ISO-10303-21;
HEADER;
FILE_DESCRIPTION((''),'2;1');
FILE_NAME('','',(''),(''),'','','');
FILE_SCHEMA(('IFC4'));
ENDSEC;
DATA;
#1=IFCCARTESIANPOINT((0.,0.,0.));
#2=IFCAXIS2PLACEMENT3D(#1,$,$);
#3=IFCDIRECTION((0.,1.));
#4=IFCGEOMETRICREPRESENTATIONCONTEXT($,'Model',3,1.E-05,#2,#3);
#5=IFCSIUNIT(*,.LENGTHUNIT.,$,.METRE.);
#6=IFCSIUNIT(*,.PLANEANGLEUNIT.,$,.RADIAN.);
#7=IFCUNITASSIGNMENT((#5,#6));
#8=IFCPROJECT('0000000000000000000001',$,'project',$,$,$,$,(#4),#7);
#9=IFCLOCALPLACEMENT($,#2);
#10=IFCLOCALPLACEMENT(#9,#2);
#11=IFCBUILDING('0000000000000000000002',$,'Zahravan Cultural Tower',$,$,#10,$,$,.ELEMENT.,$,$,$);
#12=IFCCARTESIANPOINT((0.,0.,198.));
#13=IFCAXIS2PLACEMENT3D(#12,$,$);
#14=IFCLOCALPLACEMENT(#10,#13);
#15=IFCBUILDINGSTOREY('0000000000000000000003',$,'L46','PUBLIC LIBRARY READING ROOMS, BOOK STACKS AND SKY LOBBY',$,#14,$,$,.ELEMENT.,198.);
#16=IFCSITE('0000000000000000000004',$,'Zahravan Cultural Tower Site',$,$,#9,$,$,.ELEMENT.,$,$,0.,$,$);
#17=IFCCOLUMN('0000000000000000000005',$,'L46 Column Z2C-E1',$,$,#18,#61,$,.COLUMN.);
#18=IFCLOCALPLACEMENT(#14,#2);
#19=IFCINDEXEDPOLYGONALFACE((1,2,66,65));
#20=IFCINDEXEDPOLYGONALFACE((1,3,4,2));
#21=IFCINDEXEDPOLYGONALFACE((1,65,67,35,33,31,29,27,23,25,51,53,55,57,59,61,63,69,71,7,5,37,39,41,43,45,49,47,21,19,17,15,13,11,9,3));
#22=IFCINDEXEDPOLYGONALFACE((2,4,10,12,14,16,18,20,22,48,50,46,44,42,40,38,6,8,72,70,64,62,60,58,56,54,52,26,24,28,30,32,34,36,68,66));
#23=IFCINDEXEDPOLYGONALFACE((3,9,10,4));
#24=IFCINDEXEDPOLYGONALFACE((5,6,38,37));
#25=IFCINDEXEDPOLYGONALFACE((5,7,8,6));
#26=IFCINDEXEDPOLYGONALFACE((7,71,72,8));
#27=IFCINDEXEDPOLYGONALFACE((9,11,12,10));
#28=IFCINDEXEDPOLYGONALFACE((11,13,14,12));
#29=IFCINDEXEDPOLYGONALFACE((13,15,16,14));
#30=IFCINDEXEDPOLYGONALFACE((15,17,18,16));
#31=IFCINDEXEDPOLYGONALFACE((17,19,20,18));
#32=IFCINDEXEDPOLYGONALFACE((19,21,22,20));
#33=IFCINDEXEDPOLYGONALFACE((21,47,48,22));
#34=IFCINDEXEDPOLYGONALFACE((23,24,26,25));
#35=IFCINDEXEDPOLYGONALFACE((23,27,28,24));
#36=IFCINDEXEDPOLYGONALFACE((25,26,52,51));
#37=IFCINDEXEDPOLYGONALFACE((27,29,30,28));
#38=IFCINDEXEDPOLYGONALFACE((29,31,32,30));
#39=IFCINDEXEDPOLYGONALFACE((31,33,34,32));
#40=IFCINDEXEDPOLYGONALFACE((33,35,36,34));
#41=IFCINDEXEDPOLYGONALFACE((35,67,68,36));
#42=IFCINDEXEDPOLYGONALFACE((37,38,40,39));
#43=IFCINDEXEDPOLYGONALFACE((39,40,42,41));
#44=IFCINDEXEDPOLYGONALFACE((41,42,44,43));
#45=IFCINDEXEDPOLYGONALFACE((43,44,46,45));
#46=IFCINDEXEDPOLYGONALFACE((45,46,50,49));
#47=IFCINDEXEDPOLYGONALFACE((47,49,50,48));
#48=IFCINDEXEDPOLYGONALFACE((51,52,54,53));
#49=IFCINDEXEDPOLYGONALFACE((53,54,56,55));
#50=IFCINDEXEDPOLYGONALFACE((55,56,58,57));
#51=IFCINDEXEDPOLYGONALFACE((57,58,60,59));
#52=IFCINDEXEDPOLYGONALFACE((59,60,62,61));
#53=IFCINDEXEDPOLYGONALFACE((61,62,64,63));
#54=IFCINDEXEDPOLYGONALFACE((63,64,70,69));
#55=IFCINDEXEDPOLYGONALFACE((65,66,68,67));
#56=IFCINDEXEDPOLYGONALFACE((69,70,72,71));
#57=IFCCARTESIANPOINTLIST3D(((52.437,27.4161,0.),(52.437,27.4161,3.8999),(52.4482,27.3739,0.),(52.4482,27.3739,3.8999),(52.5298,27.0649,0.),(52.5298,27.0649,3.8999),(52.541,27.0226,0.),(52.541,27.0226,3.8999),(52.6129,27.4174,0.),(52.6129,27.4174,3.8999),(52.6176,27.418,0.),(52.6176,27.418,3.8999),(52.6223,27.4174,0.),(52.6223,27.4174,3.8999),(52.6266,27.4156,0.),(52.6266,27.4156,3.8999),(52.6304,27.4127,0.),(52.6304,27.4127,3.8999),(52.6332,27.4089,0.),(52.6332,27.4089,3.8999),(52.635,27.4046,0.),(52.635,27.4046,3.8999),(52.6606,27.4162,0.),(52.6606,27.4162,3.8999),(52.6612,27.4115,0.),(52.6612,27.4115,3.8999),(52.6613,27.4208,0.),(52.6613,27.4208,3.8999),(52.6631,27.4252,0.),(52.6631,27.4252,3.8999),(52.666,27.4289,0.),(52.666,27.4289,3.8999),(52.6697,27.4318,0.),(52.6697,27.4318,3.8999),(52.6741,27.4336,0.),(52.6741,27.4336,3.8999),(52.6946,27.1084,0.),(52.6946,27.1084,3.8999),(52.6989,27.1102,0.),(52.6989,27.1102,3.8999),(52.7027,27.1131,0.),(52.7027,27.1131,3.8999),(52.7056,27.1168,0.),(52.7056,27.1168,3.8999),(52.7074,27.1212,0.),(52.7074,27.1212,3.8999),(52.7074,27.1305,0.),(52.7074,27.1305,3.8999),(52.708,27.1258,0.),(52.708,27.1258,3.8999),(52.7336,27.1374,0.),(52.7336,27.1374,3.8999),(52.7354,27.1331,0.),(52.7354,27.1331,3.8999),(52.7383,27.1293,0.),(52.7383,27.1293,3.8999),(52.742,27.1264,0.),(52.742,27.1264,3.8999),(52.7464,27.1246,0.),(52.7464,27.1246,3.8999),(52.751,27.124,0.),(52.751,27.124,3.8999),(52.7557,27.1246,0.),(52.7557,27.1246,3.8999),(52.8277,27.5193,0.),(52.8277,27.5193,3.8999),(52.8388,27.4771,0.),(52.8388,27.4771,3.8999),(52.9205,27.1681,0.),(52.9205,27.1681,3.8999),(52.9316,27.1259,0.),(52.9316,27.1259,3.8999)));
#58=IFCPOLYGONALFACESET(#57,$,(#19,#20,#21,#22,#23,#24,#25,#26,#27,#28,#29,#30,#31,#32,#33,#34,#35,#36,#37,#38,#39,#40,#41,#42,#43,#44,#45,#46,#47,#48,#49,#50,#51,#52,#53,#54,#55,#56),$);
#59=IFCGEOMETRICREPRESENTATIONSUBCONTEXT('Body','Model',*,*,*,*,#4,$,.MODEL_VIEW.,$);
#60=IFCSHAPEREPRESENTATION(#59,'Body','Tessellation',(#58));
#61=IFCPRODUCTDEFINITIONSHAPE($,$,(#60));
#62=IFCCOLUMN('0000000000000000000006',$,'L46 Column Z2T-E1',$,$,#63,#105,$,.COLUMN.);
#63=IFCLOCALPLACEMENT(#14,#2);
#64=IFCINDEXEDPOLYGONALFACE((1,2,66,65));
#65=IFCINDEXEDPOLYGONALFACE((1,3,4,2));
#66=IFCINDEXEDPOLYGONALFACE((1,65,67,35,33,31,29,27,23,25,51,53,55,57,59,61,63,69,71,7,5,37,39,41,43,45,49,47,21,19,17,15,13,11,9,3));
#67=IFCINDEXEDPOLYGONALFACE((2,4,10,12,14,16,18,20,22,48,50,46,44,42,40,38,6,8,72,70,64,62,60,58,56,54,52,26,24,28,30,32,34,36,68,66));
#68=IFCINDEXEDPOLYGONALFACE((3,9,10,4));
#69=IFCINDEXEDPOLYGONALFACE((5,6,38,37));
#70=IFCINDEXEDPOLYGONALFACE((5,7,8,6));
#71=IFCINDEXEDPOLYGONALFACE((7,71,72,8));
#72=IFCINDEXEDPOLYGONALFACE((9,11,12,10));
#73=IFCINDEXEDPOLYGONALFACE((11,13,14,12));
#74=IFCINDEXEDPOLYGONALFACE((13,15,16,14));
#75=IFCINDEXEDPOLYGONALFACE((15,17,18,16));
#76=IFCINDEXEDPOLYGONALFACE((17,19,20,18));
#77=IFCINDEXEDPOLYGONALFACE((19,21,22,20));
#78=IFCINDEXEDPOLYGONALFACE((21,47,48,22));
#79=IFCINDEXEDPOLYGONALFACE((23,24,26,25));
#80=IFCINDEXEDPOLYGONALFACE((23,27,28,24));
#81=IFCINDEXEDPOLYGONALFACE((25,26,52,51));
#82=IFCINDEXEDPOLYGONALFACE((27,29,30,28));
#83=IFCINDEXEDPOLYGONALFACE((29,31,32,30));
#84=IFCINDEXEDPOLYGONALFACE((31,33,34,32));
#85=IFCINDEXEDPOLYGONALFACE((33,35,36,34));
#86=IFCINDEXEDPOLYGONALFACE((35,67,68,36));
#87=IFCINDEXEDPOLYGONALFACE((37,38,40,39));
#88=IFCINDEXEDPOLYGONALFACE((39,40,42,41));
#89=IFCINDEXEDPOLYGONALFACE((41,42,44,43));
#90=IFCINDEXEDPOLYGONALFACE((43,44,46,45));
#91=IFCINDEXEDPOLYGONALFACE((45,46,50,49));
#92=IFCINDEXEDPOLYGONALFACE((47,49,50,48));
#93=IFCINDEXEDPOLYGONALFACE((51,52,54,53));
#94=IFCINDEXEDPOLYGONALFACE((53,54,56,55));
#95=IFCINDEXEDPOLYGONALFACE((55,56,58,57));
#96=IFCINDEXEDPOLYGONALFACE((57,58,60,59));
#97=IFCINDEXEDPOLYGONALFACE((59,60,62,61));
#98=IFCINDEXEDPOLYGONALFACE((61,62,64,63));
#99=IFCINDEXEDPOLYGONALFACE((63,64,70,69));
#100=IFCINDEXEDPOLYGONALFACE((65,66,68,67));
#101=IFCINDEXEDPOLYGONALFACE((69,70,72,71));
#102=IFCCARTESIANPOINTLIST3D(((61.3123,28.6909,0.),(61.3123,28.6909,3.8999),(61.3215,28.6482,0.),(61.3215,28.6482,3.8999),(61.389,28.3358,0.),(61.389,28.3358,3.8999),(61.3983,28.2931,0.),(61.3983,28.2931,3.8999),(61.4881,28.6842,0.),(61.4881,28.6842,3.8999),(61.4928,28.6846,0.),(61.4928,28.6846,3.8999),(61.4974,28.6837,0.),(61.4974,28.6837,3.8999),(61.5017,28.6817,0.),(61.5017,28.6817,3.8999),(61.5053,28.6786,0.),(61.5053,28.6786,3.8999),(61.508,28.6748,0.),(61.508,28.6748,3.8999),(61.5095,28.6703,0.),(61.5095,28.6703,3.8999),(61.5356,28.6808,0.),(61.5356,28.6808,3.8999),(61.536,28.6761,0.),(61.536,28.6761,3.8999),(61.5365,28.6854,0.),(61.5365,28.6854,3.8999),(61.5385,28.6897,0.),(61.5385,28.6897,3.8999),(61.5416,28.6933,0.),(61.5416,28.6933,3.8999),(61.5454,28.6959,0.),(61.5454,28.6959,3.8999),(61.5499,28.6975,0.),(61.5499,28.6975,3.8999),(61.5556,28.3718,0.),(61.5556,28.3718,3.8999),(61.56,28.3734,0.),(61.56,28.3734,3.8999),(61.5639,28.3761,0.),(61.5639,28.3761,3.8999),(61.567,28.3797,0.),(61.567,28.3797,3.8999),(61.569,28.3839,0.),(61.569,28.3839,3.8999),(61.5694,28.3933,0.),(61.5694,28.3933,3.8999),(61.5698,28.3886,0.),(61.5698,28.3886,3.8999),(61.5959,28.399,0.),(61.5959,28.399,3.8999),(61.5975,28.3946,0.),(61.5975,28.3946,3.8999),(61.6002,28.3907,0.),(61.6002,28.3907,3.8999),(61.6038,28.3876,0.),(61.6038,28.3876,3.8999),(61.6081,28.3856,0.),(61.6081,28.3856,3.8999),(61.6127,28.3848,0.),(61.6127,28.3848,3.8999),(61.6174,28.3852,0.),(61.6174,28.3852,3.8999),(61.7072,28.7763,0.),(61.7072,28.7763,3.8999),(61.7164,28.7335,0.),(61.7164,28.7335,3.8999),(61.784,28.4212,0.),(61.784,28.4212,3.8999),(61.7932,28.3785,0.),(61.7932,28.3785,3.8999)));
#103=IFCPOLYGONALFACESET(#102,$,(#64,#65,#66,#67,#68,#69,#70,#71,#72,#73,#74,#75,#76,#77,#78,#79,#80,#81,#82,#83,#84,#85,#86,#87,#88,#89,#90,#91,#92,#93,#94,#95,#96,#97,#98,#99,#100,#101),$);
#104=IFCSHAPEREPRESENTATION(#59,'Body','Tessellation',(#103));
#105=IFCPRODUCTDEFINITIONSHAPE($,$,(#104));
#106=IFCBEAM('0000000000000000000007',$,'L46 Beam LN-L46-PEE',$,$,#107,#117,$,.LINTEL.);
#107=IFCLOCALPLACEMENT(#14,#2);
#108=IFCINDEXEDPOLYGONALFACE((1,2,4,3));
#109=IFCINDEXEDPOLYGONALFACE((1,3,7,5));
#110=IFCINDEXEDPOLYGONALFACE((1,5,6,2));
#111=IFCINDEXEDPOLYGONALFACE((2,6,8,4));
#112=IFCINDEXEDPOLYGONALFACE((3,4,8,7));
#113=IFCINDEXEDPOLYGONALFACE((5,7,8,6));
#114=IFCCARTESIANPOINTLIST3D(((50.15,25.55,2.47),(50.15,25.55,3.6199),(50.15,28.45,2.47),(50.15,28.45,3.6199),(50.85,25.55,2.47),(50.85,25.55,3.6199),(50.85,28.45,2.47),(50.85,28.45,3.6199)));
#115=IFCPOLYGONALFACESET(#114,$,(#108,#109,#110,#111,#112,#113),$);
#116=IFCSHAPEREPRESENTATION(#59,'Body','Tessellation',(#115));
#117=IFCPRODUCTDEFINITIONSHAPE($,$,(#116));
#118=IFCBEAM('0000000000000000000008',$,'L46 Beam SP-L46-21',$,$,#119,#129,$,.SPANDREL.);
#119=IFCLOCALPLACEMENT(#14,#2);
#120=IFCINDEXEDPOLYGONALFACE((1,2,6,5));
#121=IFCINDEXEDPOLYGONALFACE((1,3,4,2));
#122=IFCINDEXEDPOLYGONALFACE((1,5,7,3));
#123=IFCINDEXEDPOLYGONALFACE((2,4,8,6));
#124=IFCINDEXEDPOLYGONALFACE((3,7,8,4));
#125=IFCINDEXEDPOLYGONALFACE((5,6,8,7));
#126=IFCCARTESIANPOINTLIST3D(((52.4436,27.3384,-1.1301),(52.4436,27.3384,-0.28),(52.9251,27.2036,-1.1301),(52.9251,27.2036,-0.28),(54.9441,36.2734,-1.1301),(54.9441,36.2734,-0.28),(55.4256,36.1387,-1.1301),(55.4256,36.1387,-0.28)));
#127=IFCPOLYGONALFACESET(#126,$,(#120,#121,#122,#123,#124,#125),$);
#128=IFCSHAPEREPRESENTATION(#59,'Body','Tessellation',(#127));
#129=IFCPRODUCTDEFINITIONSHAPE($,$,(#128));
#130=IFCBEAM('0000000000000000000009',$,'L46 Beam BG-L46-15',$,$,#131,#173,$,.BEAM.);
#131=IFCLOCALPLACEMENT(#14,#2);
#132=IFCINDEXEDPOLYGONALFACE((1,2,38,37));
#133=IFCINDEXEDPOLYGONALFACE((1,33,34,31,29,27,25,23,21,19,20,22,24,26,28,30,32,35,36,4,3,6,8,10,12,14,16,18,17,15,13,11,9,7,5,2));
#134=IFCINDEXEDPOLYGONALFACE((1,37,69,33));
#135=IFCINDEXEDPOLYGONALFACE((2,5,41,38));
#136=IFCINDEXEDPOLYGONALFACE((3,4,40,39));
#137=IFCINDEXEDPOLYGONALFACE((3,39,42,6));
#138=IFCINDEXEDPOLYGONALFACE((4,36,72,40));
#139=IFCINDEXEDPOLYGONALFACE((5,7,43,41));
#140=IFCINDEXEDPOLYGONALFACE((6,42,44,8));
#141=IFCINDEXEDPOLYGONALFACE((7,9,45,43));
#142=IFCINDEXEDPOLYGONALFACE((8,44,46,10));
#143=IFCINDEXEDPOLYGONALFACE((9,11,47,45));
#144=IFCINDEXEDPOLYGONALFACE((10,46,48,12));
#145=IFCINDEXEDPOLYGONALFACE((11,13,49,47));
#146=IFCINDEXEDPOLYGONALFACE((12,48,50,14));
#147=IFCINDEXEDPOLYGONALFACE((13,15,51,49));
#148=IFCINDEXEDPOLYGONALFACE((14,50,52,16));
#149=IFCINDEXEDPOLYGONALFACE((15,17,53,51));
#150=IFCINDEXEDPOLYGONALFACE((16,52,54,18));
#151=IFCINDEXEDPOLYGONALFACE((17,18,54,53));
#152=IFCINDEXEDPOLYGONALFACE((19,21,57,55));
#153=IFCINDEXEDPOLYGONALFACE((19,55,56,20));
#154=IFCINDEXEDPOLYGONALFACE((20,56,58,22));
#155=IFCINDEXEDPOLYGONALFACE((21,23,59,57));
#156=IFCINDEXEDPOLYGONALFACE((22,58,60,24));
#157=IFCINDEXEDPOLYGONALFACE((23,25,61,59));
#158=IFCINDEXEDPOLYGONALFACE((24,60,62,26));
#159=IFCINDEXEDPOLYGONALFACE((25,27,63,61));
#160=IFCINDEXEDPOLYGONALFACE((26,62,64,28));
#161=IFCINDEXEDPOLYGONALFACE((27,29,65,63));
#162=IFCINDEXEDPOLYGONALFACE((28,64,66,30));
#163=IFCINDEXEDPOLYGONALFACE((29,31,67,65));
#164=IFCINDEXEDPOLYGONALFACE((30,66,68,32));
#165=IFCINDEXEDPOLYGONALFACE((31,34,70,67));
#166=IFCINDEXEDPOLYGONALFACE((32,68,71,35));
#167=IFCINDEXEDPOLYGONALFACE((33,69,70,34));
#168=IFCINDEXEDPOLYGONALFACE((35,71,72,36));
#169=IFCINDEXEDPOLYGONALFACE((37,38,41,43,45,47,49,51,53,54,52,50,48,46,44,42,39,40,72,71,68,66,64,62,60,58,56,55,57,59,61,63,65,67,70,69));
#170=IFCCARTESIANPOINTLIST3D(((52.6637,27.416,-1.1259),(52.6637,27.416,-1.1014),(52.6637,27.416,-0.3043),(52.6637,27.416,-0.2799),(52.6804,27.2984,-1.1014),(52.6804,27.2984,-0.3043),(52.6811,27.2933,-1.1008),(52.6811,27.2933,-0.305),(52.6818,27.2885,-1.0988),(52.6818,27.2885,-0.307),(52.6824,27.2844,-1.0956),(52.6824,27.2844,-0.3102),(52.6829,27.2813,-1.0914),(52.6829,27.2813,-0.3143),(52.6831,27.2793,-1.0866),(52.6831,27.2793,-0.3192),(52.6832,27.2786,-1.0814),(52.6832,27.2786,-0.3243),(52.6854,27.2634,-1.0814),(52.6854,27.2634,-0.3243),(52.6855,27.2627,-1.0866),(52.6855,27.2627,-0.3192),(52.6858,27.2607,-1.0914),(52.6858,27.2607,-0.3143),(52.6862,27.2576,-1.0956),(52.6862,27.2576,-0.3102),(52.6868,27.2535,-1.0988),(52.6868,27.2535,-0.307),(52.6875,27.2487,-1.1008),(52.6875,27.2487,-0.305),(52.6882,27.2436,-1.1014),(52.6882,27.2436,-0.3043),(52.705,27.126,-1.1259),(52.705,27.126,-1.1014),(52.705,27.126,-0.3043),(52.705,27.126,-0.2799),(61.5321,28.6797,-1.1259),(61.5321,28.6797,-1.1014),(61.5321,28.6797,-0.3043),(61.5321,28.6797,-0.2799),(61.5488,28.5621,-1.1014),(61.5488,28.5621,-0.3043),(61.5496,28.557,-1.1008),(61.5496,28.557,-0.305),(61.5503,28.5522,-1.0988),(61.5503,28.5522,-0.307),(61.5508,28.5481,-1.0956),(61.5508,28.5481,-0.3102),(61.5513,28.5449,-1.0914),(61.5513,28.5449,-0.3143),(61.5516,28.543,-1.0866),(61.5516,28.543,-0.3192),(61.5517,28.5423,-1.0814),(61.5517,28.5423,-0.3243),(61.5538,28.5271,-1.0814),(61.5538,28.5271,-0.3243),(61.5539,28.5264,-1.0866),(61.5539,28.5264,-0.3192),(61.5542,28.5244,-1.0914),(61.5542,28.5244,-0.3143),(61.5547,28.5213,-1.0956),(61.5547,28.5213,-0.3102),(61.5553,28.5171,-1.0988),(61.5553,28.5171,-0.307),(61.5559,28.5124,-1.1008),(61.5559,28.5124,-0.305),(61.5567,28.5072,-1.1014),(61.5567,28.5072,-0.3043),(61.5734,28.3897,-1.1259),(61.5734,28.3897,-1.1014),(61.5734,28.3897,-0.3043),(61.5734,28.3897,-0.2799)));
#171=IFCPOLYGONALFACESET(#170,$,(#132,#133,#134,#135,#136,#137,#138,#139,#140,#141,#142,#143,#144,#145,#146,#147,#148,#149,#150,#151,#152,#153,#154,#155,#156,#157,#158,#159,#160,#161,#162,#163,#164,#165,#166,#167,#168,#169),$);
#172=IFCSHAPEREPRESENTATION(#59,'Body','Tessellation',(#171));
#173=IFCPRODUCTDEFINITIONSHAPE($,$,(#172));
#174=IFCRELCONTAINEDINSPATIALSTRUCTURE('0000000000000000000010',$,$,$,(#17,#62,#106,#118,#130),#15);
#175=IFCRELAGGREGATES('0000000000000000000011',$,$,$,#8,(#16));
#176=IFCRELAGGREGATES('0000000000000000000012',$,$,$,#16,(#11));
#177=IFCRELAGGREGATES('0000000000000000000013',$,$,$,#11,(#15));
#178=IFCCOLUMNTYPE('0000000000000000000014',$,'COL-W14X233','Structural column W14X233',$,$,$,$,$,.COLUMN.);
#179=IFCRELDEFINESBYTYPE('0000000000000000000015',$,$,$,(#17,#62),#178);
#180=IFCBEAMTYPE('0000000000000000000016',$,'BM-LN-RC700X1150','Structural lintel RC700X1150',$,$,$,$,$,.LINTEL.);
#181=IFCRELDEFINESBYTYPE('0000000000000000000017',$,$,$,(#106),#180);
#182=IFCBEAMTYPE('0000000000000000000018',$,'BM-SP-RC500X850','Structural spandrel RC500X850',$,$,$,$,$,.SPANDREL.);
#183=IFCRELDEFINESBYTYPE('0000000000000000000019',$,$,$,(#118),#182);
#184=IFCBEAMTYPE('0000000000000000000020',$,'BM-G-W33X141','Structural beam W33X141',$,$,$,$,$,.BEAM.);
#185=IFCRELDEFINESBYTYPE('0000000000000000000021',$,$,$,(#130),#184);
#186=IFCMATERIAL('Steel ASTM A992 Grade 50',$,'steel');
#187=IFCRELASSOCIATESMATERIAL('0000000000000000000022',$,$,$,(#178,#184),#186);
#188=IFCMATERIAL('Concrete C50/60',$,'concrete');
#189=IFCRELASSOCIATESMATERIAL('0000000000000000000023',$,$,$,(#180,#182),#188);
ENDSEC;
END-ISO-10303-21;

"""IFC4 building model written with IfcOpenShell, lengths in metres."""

from ifc_helpers import new_model, si_unit, direction, frame, origin, origin_2d, place, context, subcontext, project, spatial, rectangle, i_section, extrude, source, transform, mapped, material, material_profile, profile_set, type_object, element, save


model = new_model("IFC4")

# Units and contexts
model_context = context("Model", 3, precision=1e-05, world=origin(), true_north=direction((0.0, 1.0)))
body_context = subcontext(model_context, "Body", "Model", "MODEL_VIEW")
ifc_project = project(units=[si_unit("LENGTHUNIT", "METRE"), si_unit("PLANEANGLEUNIT", "RADIAN")], contexts=[model_context])

# Site, building, storey
site_placement = place(None, origin())
site = spatial("IfcSite", under=ifc_project, at=site_placement, Name="Zahravan Cultural Tower Site", CompositionType="ELEMENT", RefElevation=0.0)
building_placement = place(site_placement, origin())
building = spatial("IfcBuilding", under=site, at=building_placement, Name="Zahravan Cultural Tower", CompositionType="ELEMENT")
storey_placement = place(building_placement, frame((0.0, 0.0, 198.0)))
storey = spatial("IfcBuildingStorey", under=building, at=storey_placement, Name="L46", Description="PUBLIC LIBRARY READING ROOMS, BOOK STACKS AND SKY LOBBY", CompositionType="ELEMENT", Elevation=198.0)

# Columns
ifc_material_1 = material(Name="Steel ASTM A992 Grade 50", Category="steel")
ifc_material_profile_1 = material_profile(ifc_material_1, i_section(OverallWidth=0.4041, OverallDepth=0.407, WebThickness=0.0271, FlangeThickness=0.0437, FilletRadius=0.0181, at=origin_2d()), Name="W14X233")
ifc_profile_set_1 = profile_set([ifc_material_profile_1], Name="Steel ASTM A992 Grade 50")
column_type = type_object("IfcColumnType", Name="COL-W14X233", Description="Structural column W14X233", PredefinedType="COLUMN", material=ifc_profile_set_1)
shared_shape_1 = source(origin(), body_context, "Body", "SweptSolid", [
    extrude(i_section(OverallWidth=0.4041, OverallDepth=0.407, WebThickness=0.0271, FlangeThickness=0.0437, FilletRadius=0.0181, at=origin_2d()), origin(), (0.0, 0.0, 1.0), 3.8999),
])
for number, where, z_axis, x_axis, name in (
    (1, (52.6843, 27.271, 0.0), (0.0, 0.0, 1.0), (0.966823, 0.255446, 0.0), "L46 Column Z2C-E1"),
    (2, (61.5527, 28.5347, 0.0), (0.0, 0.0, 1.0), (0.977416, 0.211325, 0.0), "L46 Column Z2T-E1"),
):
    element("IfcColumn", number, at=place(storey_placement, frame(where, z_axis=z_axis, x_axis=x_axis)), inside=storey, type_object=column_type, Name=name, PredefinedType="COLUMN", context=body_context, shape_type="MappedRepresentation", body=[
        mapped(shared_shape_1, transform((0.0, 0.0, 0.0), x_axis=(1.0, 0.0, 0.0), y_axis=(0.0, 1.0, 0.0), z_axis=(0.0, 0.0, 1.0), scale=1.0)),
    ])

# Beams
ifc_material_2 = material(Name="Concrete C50/60", Category="concrete")
ifc_material_profile_2 = material_profile(ifc_material_2, rectangle(XDim=0.7, YDim=1.1499, at=origin_2d()), Name="RC700X1150")
ifc_profile_set_2 = profile_set([ifc_material_profile_2], Name="Concrete C50/60")
beam_type_1 = type_object("IfcBeamType", Name="BM-LN-RC700X1150", Description="Structural lintel RC700X1150", PredefinedType="LINTEL", material=ifc_profile_set_2)
shared_shape_2 = source(origin(), body_context, "Body", "SweptSolid", [
    extrude(rectangle(XDim=0.7, YDim=1.1499, at=origin_2d()), origin(), (0.0, 0.0, 1.0), 2.8999),
])
beam_1_placement = place(storey_placement, frame((50.5, 25.55, 3.0449), z_axis=(0.0, 1.0, 0.0), x_axis=(-1.0, 0.0, 0.0)))
element("IfcBeam", 3, at=beam_1_placement, inside=storey, type_object=beam_type_1, Name="L46 Beam LN-L46-PEE", PredefinedType="LINTEL", context=body_context, shape_type="MappedRepresentation", body=[
    mapped(shared_shape_2, transform((0.0, 0.0, 0.0), x_axis=(1.0, 0.0, 0.0), y_axis=(0.0, 1.0, 0.0), z_axis=(0.0, 0.0, 1.0), scale=1.0)),
])
ifc_material_profile_3 = material_profile(ifc_material_2, rectangle(XDim=0.5, YDim=0.8501, at=origin_2d()), Name="RC500X850")
ifc_profile_set_3 = profile_set([ifc_material_profile_3], Name="Concrete C50/60")
beam_type_2 = type_object("IfcBeamType", Name="BM-SP-RC500X850", Description="Structural spandrel RC500X850", PredefinedType="SPANDREL", material=ifc_profile_set_3)
shared_shape_3 = source(origin(), body_context, "Body", "SweptSolid", [
    extrude(rectangle(XDim=0.5, YDim=0.8501, at=origin_2d()), origin(), (0.0, 0.0, 1.0), 9.2783),
])
beam_2_placement = place(storey_placement, frame((52.6843, 27.271, -0.7051), z_axis=(0.269497, 0.963001, 0.0), x_axis=(-0.963001, 0.269497, 0.0)))
element("IfcBeam", 4, at=beam_2_placement, inside=storey, type_object=beam_type_2, Name="L46 Beam SP-L46-21", PredefinedType="SPANDREL", context=body_context, shape_type="MappedRepresentation", body=[
    mapped(shared_shape_3, transform((0.0, 0.0, 0.0), x_axis=(1.0, 0.0, 0.0), y_axis=(0.0, 1.0, 0.0), z_axis=(0.0, 0.0, 1.0), scale=1.0)),
])
ifc_material_profile_4 = material_profile(ifc_material_1, i_section(OverallWidth=0.293, OverallDepth=0.8459, WebThickness=0.0154, FlangeThickness=0.0244, FilletRadius=0.02, at=origin_2d()), Name="W33X141")
ifc_profile_set_4 = profile_set([ifc_material_profile_4], Name="Steel ASTM A992 Grade 50")
beam_type_3 = type_object("IfcBeamType", Name="BM-G-W33X141", Description="Structural beam W33X141", PredefinedType="BEAM", material=ifc_profile_set_4)
shared_shape_4 = source(origin(), body_context, "Body", "SweptSolid", [
    extrude(i_section(OverallWidth=0.293, OverallDepth=0.8459, WebThickness=0.0154, FlangeThickness=0.0244, FilletRadius=0.02, at=origin_2d()), origin(), (0.0, 0.0, 1.0), 8.958),
])
beam_3_placement = place(storey_placement, frame((52.6843, 27.271, -0.7029), z_axis=(0.99, 0.141067, 0.0), x_axis=(-0.141067, 0.99, 0.0)))
element("IfcBeam", 5, at=beam_3_placement, inside=storey, type_object=beam_type_3, Name="L46 Beam BG-L46-15", PredefinedType="BEAM", context=body_context, shape_type="MappedRepresentation", body=[
    mapped(shared_shape_4, transform((0.0, 0.0, 0.0), x_axis=(1.0, 0.0, 0.0), y_axis=(0.0, 1.0, 0.0), z_axis=(0.0, 0.0, 1.0), scale=1.0)),
])

save(model, "model.ifc")
